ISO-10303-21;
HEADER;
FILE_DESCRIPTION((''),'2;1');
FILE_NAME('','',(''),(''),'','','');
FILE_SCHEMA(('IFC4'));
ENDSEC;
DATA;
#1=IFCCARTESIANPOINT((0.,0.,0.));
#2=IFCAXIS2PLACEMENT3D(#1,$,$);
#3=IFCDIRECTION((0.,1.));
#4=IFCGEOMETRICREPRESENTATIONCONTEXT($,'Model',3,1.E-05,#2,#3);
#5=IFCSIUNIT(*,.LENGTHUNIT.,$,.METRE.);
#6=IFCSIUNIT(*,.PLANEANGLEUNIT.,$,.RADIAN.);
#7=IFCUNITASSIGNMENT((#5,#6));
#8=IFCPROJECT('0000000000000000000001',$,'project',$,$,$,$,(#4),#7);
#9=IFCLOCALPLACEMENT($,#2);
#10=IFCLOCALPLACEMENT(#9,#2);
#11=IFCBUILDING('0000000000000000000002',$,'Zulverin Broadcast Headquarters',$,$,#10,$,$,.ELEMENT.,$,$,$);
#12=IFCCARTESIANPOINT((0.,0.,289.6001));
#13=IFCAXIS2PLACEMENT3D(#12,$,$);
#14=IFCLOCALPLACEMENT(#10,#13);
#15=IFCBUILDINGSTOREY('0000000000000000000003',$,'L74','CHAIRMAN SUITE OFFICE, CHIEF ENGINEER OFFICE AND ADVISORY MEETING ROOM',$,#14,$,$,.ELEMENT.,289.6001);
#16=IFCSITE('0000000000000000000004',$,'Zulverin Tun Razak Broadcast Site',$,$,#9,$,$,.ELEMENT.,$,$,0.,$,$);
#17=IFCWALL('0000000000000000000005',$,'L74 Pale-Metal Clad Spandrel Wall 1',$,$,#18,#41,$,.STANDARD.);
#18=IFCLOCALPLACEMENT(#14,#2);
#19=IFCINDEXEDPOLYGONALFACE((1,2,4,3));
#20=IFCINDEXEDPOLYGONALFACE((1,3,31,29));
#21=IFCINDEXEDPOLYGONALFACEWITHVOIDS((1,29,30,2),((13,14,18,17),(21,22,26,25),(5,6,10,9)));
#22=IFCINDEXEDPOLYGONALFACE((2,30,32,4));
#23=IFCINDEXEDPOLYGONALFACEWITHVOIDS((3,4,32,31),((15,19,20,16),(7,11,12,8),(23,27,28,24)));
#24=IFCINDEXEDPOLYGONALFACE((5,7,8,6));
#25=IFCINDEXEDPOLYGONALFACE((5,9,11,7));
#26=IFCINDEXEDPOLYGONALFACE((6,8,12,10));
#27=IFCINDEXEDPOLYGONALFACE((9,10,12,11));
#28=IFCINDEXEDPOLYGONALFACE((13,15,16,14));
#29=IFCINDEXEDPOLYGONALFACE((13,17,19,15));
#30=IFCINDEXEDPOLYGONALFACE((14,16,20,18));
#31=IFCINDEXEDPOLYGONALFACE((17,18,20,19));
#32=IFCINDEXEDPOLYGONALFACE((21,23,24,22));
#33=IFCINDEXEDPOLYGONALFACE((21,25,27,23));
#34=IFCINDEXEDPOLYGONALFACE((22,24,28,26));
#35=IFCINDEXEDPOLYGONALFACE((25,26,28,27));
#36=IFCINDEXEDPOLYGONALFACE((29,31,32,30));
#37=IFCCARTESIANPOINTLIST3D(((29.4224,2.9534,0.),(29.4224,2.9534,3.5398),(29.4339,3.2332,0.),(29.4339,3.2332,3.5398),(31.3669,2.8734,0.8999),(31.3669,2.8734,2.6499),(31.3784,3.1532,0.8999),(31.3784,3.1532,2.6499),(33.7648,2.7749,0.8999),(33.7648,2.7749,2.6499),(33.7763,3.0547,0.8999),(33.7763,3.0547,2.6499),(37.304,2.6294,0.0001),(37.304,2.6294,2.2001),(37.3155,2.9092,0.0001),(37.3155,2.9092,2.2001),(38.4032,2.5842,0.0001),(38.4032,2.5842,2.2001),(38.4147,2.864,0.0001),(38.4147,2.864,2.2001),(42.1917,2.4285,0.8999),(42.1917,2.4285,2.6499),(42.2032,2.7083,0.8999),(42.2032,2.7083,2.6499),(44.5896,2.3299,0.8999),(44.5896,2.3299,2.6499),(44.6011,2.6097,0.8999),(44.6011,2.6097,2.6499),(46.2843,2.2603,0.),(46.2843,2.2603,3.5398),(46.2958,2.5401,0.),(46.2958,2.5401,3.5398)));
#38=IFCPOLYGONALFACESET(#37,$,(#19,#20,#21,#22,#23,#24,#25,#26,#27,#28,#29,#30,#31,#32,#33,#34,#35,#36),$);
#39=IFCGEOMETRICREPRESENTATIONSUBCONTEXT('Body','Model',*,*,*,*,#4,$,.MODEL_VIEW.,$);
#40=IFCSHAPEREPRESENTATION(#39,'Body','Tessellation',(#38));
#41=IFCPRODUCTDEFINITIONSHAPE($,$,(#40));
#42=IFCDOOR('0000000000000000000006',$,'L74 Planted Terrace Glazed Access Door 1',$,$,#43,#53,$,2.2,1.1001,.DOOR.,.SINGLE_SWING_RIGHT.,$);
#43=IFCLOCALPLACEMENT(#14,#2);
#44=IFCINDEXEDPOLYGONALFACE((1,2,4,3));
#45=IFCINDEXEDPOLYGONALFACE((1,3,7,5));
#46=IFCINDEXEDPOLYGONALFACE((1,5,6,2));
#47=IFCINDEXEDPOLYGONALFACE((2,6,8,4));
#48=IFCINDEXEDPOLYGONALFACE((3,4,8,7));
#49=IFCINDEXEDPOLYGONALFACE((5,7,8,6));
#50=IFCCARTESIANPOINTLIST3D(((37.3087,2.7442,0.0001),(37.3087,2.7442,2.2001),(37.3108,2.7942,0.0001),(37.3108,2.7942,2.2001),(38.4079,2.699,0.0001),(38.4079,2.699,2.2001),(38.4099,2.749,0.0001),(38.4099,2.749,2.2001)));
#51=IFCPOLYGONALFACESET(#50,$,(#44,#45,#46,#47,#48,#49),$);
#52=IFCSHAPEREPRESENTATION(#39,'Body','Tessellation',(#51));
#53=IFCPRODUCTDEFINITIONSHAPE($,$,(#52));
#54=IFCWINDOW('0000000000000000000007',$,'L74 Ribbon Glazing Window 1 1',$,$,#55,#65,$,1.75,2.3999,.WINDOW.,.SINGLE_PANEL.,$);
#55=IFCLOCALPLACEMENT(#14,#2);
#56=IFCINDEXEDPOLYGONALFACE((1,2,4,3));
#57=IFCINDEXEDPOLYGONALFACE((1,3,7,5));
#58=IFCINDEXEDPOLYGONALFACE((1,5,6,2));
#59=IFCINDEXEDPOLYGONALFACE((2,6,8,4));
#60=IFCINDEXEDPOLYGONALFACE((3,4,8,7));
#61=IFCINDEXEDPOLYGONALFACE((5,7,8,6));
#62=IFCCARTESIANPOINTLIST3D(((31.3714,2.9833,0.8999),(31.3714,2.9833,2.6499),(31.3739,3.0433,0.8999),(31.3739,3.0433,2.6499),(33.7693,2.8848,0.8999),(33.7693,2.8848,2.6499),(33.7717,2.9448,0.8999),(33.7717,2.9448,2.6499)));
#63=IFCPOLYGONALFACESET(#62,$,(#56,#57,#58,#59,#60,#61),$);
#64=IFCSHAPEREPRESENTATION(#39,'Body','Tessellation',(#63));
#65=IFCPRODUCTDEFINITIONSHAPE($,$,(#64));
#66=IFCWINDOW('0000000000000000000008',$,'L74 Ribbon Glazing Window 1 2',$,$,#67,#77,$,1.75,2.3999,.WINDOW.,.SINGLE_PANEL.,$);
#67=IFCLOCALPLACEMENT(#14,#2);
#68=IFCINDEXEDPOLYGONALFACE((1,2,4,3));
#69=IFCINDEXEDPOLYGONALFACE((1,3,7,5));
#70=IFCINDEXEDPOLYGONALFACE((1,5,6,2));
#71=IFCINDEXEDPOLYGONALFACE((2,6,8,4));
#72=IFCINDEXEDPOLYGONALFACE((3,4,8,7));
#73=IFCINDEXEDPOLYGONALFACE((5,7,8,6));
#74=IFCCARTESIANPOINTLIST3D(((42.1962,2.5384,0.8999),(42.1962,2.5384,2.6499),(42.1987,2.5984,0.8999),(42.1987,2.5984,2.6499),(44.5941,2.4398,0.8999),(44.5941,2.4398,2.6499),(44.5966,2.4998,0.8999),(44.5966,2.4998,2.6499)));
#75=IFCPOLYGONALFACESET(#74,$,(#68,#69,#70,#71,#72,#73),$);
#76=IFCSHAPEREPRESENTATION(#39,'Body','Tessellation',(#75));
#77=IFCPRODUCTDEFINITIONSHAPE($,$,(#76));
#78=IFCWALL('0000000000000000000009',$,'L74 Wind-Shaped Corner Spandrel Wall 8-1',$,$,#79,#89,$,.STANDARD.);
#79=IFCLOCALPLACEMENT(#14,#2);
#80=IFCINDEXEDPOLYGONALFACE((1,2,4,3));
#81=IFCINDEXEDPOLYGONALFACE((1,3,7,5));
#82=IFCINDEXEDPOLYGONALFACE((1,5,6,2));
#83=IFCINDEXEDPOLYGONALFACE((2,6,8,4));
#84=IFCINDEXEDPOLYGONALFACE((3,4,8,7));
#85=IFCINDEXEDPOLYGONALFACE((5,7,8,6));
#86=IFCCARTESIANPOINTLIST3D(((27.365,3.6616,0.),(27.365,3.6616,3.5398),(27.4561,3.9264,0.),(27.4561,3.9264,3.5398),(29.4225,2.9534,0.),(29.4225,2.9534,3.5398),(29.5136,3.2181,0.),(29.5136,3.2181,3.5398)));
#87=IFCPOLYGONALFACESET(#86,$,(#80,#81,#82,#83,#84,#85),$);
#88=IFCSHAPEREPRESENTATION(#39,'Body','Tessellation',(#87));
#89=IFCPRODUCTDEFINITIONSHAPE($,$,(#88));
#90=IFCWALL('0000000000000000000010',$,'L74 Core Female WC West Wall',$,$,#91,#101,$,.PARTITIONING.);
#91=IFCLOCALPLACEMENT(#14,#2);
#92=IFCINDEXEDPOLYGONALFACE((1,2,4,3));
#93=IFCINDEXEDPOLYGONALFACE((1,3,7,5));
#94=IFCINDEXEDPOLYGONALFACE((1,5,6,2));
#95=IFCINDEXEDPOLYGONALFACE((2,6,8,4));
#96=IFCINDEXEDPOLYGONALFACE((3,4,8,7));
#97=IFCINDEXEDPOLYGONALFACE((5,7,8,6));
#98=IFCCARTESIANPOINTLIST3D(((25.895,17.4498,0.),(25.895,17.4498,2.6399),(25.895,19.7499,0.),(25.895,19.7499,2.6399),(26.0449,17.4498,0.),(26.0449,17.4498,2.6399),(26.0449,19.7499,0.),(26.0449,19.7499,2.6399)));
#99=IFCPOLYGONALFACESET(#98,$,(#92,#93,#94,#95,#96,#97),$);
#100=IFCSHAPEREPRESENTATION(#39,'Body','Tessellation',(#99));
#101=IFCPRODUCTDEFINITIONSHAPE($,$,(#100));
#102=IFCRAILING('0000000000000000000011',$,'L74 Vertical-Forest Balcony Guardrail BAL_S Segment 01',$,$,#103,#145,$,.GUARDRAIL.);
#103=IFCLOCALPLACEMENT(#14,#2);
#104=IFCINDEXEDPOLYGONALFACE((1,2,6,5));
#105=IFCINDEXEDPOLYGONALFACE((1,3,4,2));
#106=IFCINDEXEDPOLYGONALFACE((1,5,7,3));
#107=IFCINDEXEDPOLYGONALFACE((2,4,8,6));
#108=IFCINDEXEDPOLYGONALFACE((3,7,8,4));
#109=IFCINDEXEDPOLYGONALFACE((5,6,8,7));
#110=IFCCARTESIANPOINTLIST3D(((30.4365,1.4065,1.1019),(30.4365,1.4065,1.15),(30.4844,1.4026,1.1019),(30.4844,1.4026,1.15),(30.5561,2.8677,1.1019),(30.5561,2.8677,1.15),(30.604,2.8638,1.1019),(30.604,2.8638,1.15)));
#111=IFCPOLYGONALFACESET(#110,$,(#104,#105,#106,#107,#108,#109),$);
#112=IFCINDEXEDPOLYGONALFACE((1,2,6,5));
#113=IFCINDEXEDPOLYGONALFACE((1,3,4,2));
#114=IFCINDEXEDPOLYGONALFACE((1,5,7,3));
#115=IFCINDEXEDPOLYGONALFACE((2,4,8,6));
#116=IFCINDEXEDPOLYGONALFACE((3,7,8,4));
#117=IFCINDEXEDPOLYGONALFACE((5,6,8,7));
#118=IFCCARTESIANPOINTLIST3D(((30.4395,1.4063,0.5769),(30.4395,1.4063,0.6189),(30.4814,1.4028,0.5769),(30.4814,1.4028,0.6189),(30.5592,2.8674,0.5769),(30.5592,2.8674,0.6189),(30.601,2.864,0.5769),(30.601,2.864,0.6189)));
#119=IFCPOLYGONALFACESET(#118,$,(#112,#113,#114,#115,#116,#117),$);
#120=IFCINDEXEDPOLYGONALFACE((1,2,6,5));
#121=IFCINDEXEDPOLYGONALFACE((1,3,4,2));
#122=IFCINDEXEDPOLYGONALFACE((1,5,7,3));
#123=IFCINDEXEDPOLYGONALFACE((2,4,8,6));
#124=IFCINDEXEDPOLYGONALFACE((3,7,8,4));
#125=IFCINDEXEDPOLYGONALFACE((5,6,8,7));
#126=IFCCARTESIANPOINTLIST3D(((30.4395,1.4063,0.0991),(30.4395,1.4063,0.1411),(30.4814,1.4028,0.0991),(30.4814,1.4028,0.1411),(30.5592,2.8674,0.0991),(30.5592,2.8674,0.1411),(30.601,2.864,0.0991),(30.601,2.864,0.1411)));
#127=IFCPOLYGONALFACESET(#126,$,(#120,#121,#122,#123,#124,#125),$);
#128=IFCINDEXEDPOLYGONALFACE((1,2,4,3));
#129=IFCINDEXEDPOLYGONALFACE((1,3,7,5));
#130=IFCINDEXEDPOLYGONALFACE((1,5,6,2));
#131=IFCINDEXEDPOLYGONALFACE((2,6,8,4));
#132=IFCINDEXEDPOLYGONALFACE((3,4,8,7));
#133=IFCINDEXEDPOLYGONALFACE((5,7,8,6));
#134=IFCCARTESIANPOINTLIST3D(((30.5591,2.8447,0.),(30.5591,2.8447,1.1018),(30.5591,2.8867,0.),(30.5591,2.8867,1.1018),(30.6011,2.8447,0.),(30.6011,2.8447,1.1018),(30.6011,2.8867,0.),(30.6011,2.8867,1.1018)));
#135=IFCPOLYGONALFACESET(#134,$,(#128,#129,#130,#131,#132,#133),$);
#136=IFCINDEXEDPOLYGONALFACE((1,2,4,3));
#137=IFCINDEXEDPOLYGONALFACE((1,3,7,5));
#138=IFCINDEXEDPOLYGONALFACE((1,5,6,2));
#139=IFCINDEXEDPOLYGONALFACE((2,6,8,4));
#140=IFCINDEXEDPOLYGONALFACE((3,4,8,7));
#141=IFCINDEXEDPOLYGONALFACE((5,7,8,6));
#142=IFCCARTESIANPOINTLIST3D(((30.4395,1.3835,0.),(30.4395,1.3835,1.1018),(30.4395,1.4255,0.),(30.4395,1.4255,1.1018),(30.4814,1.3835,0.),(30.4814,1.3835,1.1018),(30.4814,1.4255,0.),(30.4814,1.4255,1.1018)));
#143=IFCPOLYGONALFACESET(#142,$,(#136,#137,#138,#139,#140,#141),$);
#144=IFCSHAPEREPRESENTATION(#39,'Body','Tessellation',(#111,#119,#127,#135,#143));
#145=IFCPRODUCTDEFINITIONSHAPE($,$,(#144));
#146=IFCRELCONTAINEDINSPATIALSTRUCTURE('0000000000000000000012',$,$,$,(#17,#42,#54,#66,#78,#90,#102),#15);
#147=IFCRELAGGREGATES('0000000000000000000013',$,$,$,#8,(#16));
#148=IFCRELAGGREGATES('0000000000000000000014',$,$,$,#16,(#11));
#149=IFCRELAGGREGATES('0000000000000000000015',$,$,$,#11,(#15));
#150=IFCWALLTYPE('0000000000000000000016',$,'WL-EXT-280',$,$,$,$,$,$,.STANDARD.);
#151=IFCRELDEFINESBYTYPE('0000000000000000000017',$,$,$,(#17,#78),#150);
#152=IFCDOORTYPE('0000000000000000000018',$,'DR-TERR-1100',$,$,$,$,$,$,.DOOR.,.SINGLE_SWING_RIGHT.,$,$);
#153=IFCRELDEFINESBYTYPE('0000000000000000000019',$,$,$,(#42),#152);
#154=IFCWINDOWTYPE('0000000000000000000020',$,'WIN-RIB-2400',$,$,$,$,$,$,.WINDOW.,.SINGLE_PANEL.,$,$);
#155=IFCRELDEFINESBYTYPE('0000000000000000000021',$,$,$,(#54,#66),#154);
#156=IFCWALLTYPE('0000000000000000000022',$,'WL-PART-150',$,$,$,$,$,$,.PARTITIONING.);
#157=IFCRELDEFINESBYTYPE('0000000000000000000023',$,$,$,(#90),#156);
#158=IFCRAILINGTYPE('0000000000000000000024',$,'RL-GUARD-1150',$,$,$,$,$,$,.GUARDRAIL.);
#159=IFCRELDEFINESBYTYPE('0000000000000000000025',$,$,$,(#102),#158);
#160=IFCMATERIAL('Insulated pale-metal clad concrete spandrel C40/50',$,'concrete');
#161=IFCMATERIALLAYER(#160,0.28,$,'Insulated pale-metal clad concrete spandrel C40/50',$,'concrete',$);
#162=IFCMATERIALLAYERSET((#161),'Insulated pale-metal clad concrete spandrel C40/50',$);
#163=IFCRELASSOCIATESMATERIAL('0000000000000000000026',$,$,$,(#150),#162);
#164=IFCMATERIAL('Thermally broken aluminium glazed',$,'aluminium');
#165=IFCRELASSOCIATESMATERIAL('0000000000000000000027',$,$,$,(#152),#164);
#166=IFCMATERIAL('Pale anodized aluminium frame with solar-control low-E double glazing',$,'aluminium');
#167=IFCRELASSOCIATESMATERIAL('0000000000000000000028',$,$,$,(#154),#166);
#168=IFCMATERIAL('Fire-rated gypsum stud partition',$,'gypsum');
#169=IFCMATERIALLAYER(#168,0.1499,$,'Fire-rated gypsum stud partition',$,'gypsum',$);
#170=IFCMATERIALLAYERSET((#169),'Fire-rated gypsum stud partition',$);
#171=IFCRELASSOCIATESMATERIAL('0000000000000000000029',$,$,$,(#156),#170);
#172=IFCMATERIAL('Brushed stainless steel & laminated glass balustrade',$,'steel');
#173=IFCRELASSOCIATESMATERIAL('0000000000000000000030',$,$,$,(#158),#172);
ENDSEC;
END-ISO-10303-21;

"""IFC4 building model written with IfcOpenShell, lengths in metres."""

from ifc_helpers import new_model, si_unit, direction, frame, frame_2d, origin, origin_2d, place, context, subcontext, project, spatial, rectangle, extrude, material, layer, layer_set, type_object, element, fill, save


model = new_model("IFC4")

# Units and contexts
model_context = context("Model", 3, precision=1e-05, world=origin(), true_north=direction((0.0, 1.0)))
body_context = subcontext(model_context, "Body", "Model", "MODEL_VIEW")
ifc_project = project(units=[si_unit("LENGTHUNIT", "METRE"), si_unit("PLANEANGLEUNIT", "RADIAN")], contexts=[model_context])

# Site, building, storey
site_placement = place(None, origin())
site = spatial("IfcSite", under=ifc_project, at=site_placement, Name="Zulverin Tun Razak Broadcast Site", CompositionType="ELEMENT", RefElevation=0.0)
building_placement = place(site_placement, origin())
building = spatial("IfcBuilding", under=site, at=building_placement, Name="Zulverin Broadcast Headquarters", CompositionType="ELEMENT")
storey_placement = place(building_placement, frame((0.0, 0.0, 289.6001)))
storey = spatial("IfcBuildingStorey", under=building, at=storey_placement, Name="L74", Description="CHAIRMAN SUITE OFFICE, CHIEF ENGINEER OFFICE AND ADVISORY MEETING ROOM", CompositionType="ELEMENT", Elevation=289.6001)

# Wall, openings, door, windows
ifc_material_1 = material(Name="Insulated pale-metal clad concrete spandrel C40/50", Category="concrete")
ifc_layer_1 = layer(ifc_material_1, 0.28, Name="Insulated pale-metal clad concrete spandrel C40/50", Category="concrete")
ifc_layer_set_1 = layer_set([ifc_layer_1], Name="Insulated pale-metal clad concrete spandrel C40/50")
wall_type_1 = type_object("IfcWallType", Name="WL-EXT-280", PredefinedType="STANDARD", material=ifc_layer_set_1)
wall_1_placement = place(storey_placement, frame((29.4282, 3.0933, 0.0), z_axis=(0.0, 0.0, 1.0), x_axis=(0.999156, -0.04107, 0.0)))
wall_1 = element("IfcWall", 1, at=wall_1_placement, inside=storey, type_object=wall_type_1, Name="L74 Pale-Metal Clad Spandrel Wall 1", PredefinedType="STANDARD", context=body_context, shape_type="SweptSolid", body=[
    extrude(rectangle(XDim=16.8762, YDim=0.28, at=frame_2d((8.438, 0.0))), origin(), (0.0, 0.0, 1.0), 3.5398),
])
opening_1_placement = place(wall_1_placement, frame((7.8882, 0.0, 0.0)))
opening_1 = element("IfcOpeningElement", 2, at=opening_1_placement, cuts=wall_1, PredefinedType="OPENING", context=body_context, shape_type="SweptSolid", body=[
    extrude(rectangle(XDim=1.1001, YDim=2.2, at=frame_2d((0.55, 1.1001))), frame((0.0, 0.1499, 0.0), z_axis=(0.0, -1.0, 0.0), x_axis=(1.0, 0.0, 0.0)), (0.0, 0.0, 1.0), 0.3),
])
opening_2_placement = place(wall_1_placement, frame((1.946, 0.0, 0.8999)))
opening_2 = element("IfcOpeningElement", 3, at=opening_2_placement, cuts=wall_1, PredefinedType="OPENING", context=body_context, shape_type="SweptSolid", body=[
    extrude(rectangle(XDim=2.3999, YDim=1.75, at=frame_2d((1.2, 0.875))), frame((0.0, 0.1499, 0.0), z_axis=(0.0, -1.0, 0.0), x_axis=(1.0, 0.0, 0.0)), (0.0, 0.0, 1.0), 0.3),
])
opening_3_placement = place(wall_1_placement, frame((12.78, 0.0, 0.8999)))
opening_3 = element("IfcOpeningElement", 4, at=opening_3_placement, cuts=wall_1, PredefinedType="OPENING", context=body_context, shape_type="SweptSolid", body=[
    extrude(rectangle(XDim=2.3999, YDim=1.75, at=frame_2d((1.2, 0.875))), frame((0.0, 0.1499, 0.0), z_axis=(0.0, -1.0, 0.0), x_axis=(1.0, 0.0, 0.0)), (0.0, 0.0, 1.0), 0.3),
])
ifc_material_2 = material(Name="Thermally broken aluminium glazed", Category="aluminium")
door_type = type_object("IfcDoorType", Name="DR-TERR-1100", OperationType="SINGLE_SWING_RIGHT", PredefinedType="DOOR", material=ifc_material_2)
door_placement = place(opening_1_placement, origin())
door = element("IfcDoor", 5, at=door_placement, inside=storey, type_object=door_type, Name="L74 Planted Terrace Glazed Access Door 1", OperationType="SINGLE_SWING_RIGHT", OverallHeight=2.2, OverallWidth=1.1001, PredefinedType="DOOR", context=body_context, shape_type="SweptSolid", body=[
    extrude(rectangle(XDim=1.1001, YDim=2.2, at=frame_2d((0.55, 1.1001))), frame((0.0, 0.0249, 0.0), z_axis=(0.0, -1.0, 0.0), x_axis=(1.0, 0.0, 0.0)), (0.0, 0.0, 1.0), 0.05),
])
fill(opening_1, door)
ifc_material_3 = material(Name="Pale anodized aluminium frame with solar-control low-E double glazing", Category="aluminium")
window_type = type_object("IfcWindowType", Name="WIN-RIB-2400", PartitioningType="SINGLE_PANEL", PredefinedType="WINDOW", material=ifc_material_3)
window_1_placement = place(opening_2_placement, origin())
window_1 = element("IfcWindow", 6, at=window_1_placement, inside=storey, type_object=window_type, Name="L74 Ribbon Glazing Window 1 1", OverallHeight=1.75, OverallWidth=2.3999, PartitioningType="SINGLE_PANEL", PredefinedType="WINDOW", context=body_context, shape_type="SweptSolid", body=[
    extrude(rectangle(XDim=2.3999, YDim=1.75, at=frame_2d((1.2, 0.875))), frame((0.0, 0.03, 0.0), z_axis=(0.0, -1.0, 0.0), x_axis=(1.0, 0.0, 0.0)), (0.0, 0.0, 1.0), 0.0601),
])
fill(opening_2, window_1)
window_2_placement = place(opening_3_placement, origin())
window_2 = element("IfcWindow", 7, at=window_2_placement, inside=storey, type_object=window_type, Name="L74 Ribbon Glazing Window 1 2", OverallHeight=1.75, OverallWidth=2.3999, PartitioningType="SINGLE_PANEL", PredefinedType="WINDOW", context=body_context, shape_type="SweptSolid", body=[
    extrude(rectangle(XDim=2.3999, YDim=1.75, at=frame_2d((1.2, 0.875))), frame((0.0, 0.03, 0.0), z_axis=(0.0, -1.0, 0.0), x_axis=(1.0, 0.0, 0.0)), (0.0, 0.0, 1.0), 0.0601),
])
fill(opening_3, window_2)

# Walls
wall_2_placement = place(storey_placement, frame((27.4106, 3.7939, 0.0), z_axis=(0.0, 0.0, 1.0), x_axis=(0.945553, -0.325469, 0.0)))
element("IfcWall", 8, at=wall_2_placement, inside=storey, type_object=wall_type_1, Name="L74 Wind-Shaped Corner Spandrel Wall 8-1", PredefinedType="STANDARD", context=body_context, shape_type="SweptSolid", body=[
    extrude(rectangle(XDim=2.176, YDim=0.28, at=frame_2d((1.0879, 0.0))), origin(), (0.0, 0.0, 1.0), 3.5398),
])
ifc_material_4 = material(Name="Fire-rated gypsum stud partition", Category="gypsum")
ifc_layer_2 = layer(ifc_material_4, 0.1499, Name="Fire-rated gypsum stud partition", Category="gypsum")
ifc_layer_set_2 = layer_set([ifc_layer_2], Name="Fire-rated gypsum stud partition")
wall_type_2 = type_object("IfcWallType", Name="WL-PART-150", PredefinedType="PARTITIONING", material=ifc_layer_set_2)
wall_3_placement = place(storey_placement, frame((25.97, 17.45, 0.0), z_axis=(0.0, 0.0, 1.0), x_axis=(0.0, 1.0, 0.0)))
element("IfcWall", 9, at=wall_3_placement, inside=storey, type_object=wall_type_2, Name="L74 Core Female WC West Wall", PredefinedType="PARTITIONING", context=body_context, shape_type="SweptSolid", body=[
    extrude(rectangle(XDim=2.3, YDim=0.1499, at=frame_2d((1.1499, 0.0))), origin(), (0.0, 0.0, 1.0), 2.6399),
])

# Railing
ifc_material_5 = material(Name="Brushed stainless steel & laminated glass balustrade", Category="steel")
railing_type = type_object("IfcRailingType", Name="RL-GUARD-1150", PredefinedType="GUARDRAIL", material=ifc_material_5)
railing_1_placement = place(storey_placement, frame((30.5801, 2.8657, 0.0)))
element("IfcRailing", 10, at=railing_1_placement, inside=storey, type_object=railing_type, Name="L74 Vertical-Forest Balcony Guardrail BAL_S Segment 01", PredefinedType="GUARDRAIL", context=body_context, shape_type="SweptSolid", body=[
    extrude(rectangle(XDim=0.0481, YDim=0.0481, at=origin_2d()), frame((0.0, 0.0, 1.126), z_axis=(-0.081598, -0.996665, 0.0), x_axis=(0.996665, -0.081598, 0.0)), (0.0, 0.0, 1.0), 1.4661),
    extrude(rectangle(XDim=0.042, YDim=0.042, at=origin_2d()), frame((0.0, 0.0, 0.5979), z_axis=(-0.081598, -0.996665, 0.0), x_axis=(0.996665, -0.081598, 0.0)), (0.0, 0.0, 1.0), 1.4661),
    extrude(rectangle(XDim=0.042, YDim=0.042, at=origin_2d()), frame((0.0, 0.0, 0.1201), z_axis=(-0.081598, -0.996665, 0.0), x_axis=(0.996665, -0.081598, 0.0)), (0.0, 0.0, 1.0), 1.4661),
    extrude(rectangle(XDim=0.042, YDim=0.042, at=origin_2d()), origin(), (0.0, 0.0, 1.0), 1.1018),
    extrude(rectangle(XDim=0.042, YDim=0.042, at=origin_2d()), frame((-0.1196, -1.4612, 0.0)), (0.0, 0.0, 1.0), 1.1018),
])

save(model, "model.ifc")
